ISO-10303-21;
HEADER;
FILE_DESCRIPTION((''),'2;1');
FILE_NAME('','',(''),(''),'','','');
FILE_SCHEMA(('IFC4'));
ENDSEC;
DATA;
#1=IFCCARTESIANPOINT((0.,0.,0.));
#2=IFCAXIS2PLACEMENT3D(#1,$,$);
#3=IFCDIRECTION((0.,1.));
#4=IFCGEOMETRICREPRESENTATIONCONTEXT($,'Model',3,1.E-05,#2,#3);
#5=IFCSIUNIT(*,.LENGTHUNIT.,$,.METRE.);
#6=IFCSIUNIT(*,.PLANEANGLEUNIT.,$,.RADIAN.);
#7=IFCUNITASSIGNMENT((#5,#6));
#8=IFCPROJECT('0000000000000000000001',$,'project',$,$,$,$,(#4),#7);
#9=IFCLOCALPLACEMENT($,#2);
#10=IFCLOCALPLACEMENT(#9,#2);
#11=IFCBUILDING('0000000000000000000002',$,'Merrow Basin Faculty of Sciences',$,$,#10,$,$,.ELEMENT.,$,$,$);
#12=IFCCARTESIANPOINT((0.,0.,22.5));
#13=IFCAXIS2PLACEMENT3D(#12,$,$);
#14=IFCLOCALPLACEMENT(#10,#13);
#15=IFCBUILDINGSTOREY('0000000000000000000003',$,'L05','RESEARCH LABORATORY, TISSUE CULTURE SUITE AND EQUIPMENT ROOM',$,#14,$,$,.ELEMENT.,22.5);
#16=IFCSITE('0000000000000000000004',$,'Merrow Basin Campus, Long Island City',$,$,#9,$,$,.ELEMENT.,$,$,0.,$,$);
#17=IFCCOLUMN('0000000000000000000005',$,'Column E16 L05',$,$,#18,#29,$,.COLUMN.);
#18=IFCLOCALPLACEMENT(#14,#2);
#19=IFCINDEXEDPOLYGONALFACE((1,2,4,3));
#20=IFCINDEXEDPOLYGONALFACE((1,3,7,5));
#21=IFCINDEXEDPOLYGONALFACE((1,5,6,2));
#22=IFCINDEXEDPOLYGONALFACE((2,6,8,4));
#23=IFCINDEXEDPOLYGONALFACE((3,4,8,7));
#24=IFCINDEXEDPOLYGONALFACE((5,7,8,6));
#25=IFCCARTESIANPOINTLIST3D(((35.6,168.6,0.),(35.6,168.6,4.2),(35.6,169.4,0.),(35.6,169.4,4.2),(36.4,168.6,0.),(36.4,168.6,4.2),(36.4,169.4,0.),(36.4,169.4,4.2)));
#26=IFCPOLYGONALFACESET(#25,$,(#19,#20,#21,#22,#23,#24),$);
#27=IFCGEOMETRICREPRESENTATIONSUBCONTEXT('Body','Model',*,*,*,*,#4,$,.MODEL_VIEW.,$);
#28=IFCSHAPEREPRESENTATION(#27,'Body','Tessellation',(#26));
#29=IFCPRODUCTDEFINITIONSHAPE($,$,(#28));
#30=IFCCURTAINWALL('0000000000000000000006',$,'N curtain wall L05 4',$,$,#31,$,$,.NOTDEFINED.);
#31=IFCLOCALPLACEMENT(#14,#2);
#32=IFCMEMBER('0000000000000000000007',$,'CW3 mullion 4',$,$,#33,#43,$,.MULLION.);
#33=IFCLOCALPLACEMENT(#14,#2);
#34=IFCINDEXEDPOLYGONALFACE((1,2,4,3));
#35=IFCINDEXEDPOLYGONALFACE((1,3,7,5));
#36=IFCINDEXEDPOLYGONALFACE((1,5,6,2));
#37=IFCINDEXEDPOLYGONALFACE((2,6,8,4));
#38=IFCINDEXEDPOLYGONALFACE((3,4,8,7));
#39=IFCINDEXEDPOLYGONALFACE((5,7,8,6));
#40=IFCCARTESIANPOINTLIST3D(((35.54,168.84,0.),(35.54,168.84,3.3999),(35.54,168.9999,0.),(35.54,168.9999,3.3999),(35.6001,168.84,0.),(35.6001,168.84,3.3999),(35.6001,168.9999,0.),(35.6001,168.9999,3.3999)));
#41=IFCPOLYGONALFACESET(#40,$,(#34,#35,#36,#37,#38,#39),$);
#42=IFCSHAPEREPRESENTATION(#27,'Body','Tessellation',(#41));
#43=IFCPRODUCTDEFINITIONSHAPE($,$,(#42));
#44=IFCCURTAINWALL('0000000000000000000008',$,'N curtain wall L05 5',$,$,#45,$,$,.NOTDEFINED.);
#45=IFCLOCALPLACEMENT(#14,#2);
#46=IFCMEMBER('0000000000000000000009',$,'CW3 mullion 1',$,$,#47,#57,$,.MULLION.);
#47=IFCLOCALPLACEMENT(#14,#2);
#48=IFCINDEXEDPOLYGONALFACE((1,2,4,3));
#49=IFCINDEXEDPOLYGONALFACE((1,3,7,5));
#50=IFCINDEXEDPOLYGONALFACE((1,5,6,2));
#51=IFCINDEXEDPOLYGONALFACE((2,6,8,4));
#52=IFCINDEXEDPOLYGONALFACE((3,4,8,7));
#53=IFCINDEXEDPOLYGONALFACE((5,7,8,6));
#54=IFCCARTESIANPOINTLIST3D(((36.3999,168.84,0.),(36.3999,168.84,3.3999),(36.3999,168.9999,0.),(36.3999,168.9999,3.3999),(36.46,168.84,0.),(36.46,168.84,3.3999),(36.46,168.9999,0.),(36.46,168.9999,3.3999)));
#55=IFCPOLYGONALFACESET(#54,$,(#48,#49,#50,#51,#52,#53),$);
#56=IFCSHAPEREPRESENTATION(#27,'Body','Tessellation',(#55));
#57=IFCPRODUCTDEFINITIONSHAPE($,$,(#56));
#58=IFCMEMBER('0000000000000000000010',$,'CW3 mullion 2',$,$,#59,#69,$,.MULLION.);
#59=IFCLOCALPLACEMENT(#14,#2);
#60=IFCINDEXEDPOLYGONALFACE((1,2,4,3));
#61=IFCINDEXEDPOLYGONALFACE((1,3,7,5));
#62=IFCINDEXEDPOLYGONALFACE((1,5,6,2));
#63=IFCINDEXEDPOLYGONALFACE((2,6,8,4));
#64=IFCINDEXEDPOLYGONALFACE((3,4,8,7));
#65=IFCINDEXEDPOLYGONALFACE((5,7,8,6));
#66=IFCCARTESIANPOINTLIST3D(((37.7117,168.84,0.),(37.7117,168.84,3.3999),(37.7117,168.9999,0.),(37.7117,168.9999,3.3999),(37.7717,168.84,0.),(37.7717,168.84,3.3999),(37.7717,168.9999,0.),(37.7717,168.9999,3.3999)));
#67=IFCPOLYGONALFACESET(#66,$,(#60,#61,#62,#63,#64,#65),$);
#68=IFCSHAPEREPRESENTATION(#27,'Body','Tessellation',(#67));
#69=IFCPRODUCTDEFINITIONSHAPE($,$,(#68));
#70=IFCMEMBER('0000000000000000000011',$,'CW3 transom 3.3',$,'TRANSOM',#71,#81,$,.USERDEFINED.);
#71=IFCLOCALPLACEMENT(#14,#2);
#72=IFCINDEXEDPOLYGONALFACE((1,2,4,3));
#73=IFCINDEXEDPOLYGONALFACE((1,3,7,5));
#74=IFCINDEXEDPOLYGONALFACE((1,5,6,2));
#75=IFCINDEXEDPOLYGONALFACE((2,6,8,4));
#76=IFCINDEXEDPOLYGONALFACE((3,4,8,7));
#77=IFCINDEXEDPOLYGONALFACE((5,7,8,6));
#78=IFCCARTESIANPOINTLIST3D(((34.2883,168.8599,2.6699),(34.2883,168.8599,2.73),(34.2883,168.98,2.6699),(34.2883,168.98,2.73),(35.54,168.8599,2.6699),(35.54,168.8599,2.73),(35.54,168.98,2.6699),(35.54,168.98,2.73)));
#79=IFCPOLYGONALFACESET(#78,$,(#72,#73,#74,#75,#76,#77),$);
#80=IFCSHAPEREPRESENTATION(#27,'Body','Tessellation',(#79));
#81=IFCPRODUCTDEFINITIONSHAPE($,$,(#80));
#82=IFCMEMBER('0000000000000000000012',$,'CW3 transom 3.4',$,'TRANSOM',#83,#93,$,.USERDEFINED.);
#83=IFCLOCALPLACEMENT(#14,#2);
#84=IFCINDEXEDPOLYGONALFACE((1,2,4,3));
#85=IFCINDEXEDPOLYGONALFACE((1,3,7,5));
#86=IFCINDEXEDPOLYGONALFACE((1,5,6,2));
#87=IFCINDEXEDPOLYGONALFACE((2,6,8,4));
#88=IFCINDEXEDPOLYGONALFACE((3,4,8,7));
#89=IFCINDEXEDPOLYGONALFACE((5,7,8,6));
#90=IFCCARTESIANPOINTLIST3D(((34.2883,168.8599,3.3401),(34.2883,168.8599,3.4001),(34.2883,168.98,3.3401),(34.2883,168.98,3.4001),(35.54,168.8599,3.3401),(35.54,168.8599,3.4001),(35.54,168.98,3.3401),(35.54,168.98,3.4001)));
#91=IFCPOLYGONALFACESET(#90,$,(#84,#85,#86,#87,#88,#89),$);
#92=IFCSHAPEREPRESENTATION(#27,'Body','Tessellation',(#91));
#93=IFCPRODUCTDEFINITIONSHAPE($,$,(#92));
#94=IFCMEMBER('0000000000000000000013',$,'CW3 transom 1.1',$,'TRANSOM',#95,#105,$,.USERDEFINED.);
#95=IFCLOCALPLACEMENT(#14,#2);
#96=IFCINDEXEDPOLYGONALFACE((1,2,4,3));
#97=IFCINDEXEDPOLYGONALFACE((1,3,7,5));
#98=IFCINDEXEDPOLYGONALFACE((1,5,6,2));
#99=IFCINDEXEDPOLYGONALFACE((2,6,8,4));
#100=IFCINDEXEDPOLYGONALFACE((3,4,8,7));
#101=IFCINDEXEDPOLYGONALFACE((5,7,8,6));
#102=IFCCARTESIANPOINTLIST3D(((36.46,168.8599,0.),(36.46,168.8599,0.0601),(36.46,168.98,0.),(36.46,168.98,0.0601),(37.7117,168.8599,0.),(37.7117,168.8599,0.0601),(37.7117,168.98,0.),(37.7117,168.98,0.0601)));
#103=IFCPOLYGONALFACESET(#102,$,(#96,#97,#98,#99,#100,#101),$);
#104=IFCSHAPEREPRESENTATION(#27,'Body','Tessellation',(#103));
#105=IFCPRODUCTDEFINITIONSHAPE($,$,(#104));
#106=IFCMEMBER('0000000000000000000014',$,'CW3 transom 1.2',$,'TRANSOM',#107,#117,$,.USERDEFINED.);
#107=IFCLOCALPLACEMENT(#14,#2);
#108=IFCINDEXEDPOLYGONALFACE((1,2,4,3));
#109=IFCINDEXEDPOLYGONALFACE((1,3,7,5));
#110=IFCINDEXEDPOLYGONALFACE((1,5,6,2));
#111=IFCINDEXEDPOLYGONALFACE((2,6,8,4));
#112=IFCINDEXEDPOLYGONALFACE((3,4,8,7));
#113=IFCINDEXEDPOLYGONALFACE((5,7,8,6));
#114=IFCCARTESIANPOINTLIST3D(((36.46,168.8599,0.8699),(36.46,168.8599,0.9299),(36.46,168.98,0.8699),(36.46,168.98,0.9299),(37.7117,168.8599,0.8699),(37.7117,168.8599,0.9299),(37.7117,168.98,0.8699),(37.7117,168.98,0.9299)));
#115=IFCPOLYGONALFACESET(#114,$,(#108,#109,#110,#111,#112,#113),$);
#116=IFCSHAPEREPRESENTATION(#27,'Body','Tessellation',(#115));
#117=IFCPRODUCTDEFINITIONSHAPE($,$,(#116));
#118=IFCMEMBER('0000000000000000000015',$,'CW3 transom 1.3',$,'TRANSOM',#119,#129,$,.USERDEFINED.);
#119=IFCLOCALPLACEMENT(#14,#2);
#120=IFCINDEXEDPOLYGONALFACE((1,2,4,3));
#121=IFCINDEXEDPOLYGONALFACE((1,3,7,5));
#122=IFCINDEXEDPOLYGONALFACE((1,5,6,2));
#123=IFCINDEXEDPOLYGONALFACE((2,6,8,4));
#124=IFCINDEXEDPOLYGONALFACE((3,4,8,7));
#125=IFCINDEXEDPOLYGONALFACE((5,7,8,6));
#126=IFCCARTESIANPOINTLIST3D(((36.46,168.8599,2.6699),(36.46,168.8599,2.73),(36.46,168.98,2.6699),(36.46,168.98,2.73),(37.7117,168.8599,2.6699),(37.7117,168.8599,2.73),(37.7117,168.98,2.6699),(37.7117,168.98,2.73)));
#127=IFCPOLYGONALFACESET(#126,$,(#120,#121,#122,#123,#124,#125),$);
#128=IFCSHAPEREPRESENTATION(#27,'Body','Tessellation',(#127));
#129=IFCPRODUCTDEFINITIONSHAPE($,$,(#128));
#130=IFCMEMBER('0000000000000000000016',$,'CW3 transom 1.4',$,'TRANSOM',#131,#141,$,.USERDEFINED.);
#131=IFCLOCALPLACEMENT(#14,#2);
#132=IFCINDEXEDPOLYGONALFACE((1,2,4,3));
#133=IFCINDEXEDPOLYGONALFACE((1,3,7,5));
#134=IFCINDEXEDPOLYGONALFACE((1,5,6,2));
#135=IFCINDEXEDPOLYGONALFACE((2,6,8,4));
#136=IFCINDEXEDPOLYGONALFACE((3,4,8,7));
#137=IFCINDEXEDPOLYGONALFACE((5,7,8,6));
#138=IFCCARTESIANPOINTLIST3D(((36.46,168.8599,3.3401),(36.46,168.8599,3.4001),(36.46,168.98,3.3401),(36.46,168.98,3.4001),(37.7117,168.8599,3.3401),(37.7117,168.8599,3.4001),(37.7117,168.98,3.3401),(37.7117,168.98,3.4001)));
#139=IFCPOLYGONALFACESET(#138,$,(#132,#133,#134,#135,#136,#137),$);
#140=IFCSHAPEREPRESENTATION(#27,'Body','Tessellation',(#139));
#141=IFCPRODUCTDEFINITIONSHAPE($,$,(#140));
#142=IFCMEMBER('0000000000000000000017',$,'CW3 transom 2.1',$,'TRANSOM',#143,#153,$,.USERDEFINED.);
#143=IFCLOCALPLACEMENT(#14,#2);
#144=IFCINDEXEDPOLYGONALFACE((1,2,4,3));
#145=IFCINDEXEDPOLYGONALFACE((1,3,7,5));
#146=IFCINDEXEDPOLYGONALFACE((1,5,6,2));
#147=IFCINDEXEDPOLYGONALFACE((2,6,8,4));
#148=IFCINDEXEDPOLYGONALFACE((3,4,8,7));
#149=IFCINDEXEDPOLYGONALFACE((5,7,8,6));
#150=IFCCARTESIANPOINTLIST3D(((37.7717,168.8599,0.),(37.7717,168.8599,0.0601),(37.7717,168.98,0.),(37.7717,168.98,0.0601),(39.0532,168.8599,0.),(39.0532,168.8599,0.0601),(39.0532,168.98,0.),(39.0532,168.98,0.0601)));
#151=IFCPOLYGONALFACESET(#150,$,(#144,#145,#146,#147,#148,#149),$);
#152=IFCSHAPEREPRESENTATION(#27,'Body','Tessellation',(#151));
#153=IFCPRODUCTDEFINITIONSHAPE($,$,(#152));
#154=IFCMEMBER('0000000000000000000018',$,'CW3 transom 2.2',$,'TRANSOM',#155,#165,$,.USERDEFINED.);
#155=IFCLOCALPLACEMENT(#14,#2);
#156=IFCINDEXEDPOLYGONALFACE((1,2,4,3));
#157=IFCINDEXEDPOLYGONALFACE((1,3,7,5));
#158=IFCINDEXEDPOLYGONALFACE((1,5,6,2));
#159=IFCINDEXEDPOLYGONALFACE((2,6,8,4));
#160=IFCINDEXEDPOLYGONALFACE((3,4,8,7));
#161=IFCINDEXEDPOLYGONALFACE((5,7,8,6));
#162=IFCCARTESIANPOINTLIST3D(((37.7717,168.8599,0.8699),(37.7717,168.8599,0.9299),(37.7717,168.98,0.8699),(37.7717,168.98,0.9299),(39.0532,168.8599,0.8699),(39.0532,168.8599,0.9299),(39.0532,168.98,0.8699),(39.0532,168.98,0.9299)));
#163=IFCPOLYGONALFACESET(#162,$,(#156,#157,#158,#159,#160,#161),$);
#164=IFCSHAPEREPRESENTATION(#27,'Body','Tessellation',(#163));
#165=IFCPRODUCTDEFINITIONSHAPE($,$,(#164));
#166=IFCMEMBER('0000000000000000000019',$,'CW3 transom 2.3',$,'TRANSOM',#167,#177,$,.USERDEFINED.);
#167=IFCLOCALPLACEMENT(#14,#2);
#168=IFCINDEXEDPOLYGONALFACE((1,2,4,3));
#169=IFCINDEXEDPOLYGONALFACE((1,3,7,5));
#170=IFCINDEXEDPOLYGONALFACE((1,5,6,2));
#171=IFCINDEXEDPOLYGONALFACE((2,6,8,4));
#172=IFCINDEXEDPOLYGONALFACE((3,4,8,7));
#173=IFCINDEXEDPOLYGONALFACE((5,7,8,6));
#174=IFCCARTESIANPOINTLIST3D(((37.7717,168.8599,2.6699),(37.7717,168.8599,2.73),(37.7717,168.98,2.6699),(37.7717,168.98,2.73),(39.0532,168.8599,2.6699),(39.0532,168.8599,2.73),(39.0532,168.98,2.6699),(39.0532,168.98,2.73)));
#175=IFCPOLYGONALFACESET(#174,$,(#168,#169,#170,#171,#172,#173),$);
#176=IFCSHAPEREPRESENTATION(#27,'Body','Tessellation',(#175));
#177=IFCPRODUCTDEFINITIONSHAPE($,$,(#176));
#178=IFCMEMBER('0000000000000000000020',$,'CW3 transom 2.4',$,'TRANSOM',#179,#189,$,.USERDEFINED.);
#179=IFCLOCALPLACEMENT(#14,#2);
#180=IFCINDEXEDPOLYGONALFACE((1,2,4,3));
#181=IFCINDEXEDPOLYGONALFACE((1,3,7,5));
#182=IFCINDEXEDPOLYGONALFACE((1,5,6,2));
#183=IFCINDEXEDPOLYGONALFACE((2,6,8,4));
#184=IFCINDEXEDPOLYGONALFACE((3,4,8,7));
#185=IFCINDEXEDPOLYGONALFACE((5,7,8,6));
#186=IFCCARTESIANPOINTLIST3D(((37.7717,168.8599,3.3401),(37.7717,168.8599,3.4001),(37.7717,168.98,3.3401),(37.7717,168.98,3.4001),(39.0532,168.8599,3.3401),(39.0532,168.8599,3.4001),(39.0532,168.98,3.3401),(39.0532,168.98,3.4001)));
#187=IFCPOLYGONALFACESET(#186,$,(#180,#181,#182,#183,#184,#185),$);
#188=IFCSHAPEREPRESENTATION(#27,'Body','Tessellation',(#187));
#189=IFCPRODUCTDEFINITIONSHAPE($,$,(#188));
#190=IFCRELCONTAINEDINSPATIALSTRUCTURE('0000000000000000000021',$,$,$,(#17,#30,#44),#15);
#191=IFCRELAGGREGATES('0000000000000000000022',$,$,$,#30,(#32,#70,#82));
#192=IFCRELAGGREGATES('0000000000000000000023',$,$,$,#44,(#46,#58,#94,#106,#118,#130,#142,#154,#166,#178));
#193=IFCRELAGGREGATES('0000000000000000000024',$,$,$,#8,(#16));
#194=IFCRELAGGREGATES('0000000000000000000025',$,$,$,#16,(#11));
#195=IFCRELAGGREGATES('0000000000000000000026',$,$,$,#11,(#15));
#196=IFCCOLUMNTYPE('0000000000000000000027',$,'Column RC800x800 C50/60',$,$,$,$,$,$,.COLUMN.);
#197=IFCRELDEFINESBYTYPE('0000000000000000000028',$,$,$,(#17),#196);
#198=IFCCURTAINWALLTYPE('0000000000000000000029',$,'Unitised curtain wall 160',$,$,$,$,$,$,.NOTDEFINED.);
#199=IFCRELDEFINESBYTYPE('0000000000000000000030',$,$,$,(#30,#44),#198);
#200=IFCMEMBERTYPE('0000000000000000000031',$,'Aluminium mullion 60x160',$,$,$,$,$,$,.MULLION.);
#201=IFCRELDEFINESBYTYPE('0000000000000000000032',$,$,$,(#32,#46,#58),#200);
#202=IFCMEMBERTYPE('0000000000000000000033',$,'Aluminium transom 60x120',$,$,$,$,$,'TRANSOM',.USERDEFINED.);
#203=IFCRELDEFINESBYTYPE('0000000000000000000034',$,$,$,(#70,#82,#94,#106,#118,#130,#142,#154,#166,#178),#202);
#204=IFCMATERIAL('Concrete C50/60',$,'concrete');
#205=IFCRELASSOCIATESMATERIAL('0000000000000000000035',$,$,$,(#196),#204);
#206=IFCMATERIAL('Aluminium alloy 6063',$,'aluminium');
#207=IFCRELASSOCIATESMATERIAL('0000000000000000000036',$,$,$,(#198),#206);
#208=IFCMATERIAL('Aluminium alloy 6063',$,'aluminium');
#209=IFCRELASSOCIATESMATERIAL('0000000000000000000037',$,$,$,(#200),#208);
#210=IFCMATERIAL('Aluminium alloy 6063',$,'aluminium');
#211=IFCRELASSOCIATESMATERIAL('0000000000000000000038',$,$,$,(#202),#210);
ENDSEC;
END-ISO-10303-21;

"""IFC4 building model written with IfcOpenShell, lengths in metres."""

from ifc_helpers import new_model, si_unit, direction, frame, origin, origin_2d, place, context, subcontext, project, spatial, rectangle, extrude, material, material_profile, profile_set, type_object, element, aggregate, save


model = new_model("IFC4")

# Units and contexts
model_context = context("Model", 3, precision=1e-05, world=origin(), true_north=direction((0.0, 1.0)))
body_context = subcontext(model_context, "Body", "Model", "MODEL_VIEW")
ifc_project = project(units=[si_unit("LENGTHUNIT", "METRE"), si_unit("PLANEANGLEUNIT", "RADIAN")], contexts=[model_context])

# Site, building, storey
site_placement = place(None, origin())
site = spatial("IfcSite", under=ifc_project, at=site_placement, Name="Merrow Basin Campus, Long Island City", CompositionType="ELEMENT", RefElevation=0.0)
building_placement = place(site_placement, origin())
building = spatial("IfcBuilding", under=site, at=building_placement, Name="Merrow Basin Faculty of Sciences", CompositionType="ELEMENT")
storey_placement = place(building_placement, frame((0.0, 0.0, 22.5)))
storey = spatial("IfcBuildingStorey", under=building, at=storey_placement, Name="L05", Description="RESEARCH LABORATORY, TISSUE CULTURE SUITE AND EQUIPMENT ROOM", CompositionType="ELEMENT", Elevation=22.5)

# Column
ifc_material_1 = material(Name="Concrete C50/60", Category="concrete")
ifc_material_profile_1 = material_profile(ifc_material_1, rectangle(XDim=0.8, YDim=0.8, at=origin_2d()))
ifc_profile_set_1 = profile_set([ifc_material_profile_1], Name="Concrete C50/60")
column_type = type_object("IfcColumnType", Name="Column RC800x800 C50/60", PredefinedType="COLUMN", material=ifc_profile_set_1)
column_placement = place(storey_placement, frame((36.0, 169.0, 0.0), z_axis=(0.0, 0.0, 1.0), x_axis=(1.0, 0.0, 0.0)))
element("IfcColumn", 1, at=column_placement, inside=storey, type_object=column_type, Name="Column E16 L05", PredefinedType="COLUMN", context=body_context, shape_type="SweptSolid", body=[
    extrude(rectangle(XDim=0.8, YDim=0.8, at=origin_2d()), origin(), (0.0, 0.0, 1.0), 4.2),
])

# Curtain wall, member
ifc_material_2 = material(Name="Aluminium alloy 6063", Category="aluminium")
curtain_wall_type = type_object("IfcCurtainWallType", Name="Unitised curtain wall 160", PredefinedType="NOTDEFINED", material=ifc_material_2)
curtain_wall_1_placement = place(storey_placement, origin())
curtain_wall_1 = element("IfcCurtainWall", 2, at=curtain_wall_1_placement, inside=storey, type_object=curtain_wall_type, Name="N curtain wall L05 4", PredefinedType="NOTDEFINED")
ifc_material_3 = material(Name="Aluminium alloy 6063", Category="aluminium")
ifc_material_profile_2 = material_profile(ifc_material_3, rectangle(XDim=0.1599, YDim=0.0601, at=origin_2d()))
ifc_profile_set_2 = profile_set([ifc_material_profile_2], Name="Aluminium alloy 6063")
member_type_1 = type_object("IfcMemberType", Name="Aluminium mullion 60x160", PredefinedType="MULLION", material=ifc_profile_set_2)
member_1_placement = place(storey_placement, frame((35.5701, 168.9199, 0.0), z_axis=(0.0, 0.0, 1.0), x_axis=(0.0, 1.0, 0.0)))
member_1 = element("IfcMember", 3, at=member_1_placement, type_object=member_type_1, Name="CW3 mullion 4", PredefinedType="MULLION", context=body_context, shape_type="SweptSolid", body=[
    extrude(rectangle(XDim=0.1599, YDim=0.0601, at=origin_2d()), origin(), (0.0, 0.0, 1.0), 3.3999),
])

# Curtain wall, members
curtain_wall_2_placement = place(storey_placement, origin())
curtain_wall_2 = element("IfcCurtainWall", 4, at=curtain_wall_2_placement, inside=storey, type_object=curtain_wall_type, Name="N curtain wall L05 5", PredefinedType="NOTDEFINED")
member_2_placement = place(storey_placement, frame((36.4299, 168.9199, 0.0), z_axis=(0.0, 0.0, 1.0), x_axis=(0.0, 1.0, 0.0)))
member_2 = element("IfcMember", 5, at=member_2_placement, type_object=member_type_1, Name="CW3 mullion 1", PredefinedType="MULLION", context=body_context, shape_type="SweptSolid", body=[
    extrude(rectangle(XDim=0.1599, YDim=0.0601, at=origin_2d()), origin(), (0.0, 0.0, 1.0), 3.3999),
])
member_3_placement = place(storey_placement, frame((37.7417, 168.9199, 0.0), z_axis=(0.0, 0.0, 1.0), x_axis=(0.0, 1.0, 0.0)))
member_3 = element("IfcMember", 6, at=member_3_placement, type_object=member_type_1, Name="CW3 mullion 2", PredefinedType="MULLION", context=body_context, shape_type="SweptSolid", body=[
    extrude(rectangle(XDim=0.1599, YDim=0.0601, at=origin_2d()), origin(), (0.0, 0.0, 1.0), 3.3999),
])

# Members
ifc_material_4 = material(Name="Aluminium alloy 6063", Category="aluminium")
ifc_material_profile_3 = material_profile(ifc_material_4, rectangle(XDim=0.1201, YDim=0.0601, at=origin_2d()))
ifc_profile_set_3 = profile_set([ifc_material_profile_3], Name="Aluminium alloy 6063")
member_type_2 = type_object("IfcMemberType", Name="Aluminium transom 60x120", ElementType="TRANSOM", PredefinedType="USERDEFINED", material=ifc_profile_set_3)
member_4_placement = place(storey_placement, frame((34.2883, 168.9199, 2.7), z_axis=(1.0, 0.0, 0.0), x_axis=(0.0, 1.0, 0.0)))
member_4 = element("IfcMember", 7, at=member_4_placement, type_object=member_type_2, Name="CW3 transom 3.3", ObjectType="TRANSOM", PredefinedType="USERDEFINED", context=body_context, shape_type="SweptSolid", body=[
    extrude(rectangle(XDim=0.1201, YDim=0.0601, at=origin_2d()), origin(), (0.0, 0.0, 1.0), 1.2517),
])
member_5_placement = place(storey_placement, frame((34.2883, 168.9199, 3.3701), z_axis=(1.0, 0.0, 0.0), x_axis=(0.0, 1.0, 0.0)))
member_5 = element("IfcMember", 8, at=member_5_placement, type_object=member_type_2, Name="CW3 transom 3.4", ObjectType="TRANSOM", PredefinedType="USERDEFINED", context=body_context, shape_type="SweptSolid", body=[
    extrude(rectangle(XDim=0.1201, YDim=0.0601, at=origin_2d()), origin(), (0.0, 0.0, 1.0), 1.2517),
])
member_6_placement = place(storey_placement, frame((36.46, 168.9199, 0.03), z_axis=(1.0, 0.0, 0.0), x_axis=(0.0, 1.0, 0.0)))
member_6 = element("IfcMember", 9, at=member_6_placement, type_object=member_type_2, Name="CW3 transom 1.1", ObjectType="TRANSOM", PredefinedType="USERDEFINED", context=body_context, shape_type="SweptSolid", body=[
    extrude(rectangle(XDim=0.1201, YDim=0.0601, at=origin_2d()), origin(), (0.0, 0.0, 1.0), 1.2517),
])
member_7_placement = place(storey_placement, frame((36.46, 168.9199, 0.8999), z_axis=(1.0, 0.0, 0.0), x_axis=(0.0, 1.0, 0.0)))
member_7 = element("IfcMember", 10, at=member_7_placement, type_object=member_type_2, Name="CW3 transom 1.2", ObjectType="TRANSOM", PredefinedType="USERDEFINED", context=body_context, shape_type="SweptSolid", body=[
    extrude(rectangle(XDim=0.1201, YDim=0.0601, at=origin_2d()), origin(), (0.0, 0.0, 1.0), 1.2517),
])
member_8_placement = place(storey_placement, frame((36.46, 168.9199, 2.7), z_axis=(1.0, 0.0, 0.0), x_axis=(0.0, 1.0, 0.0)))
member_8 = element("IfcMember", 11, at=member_8_placement, type_object=member_type_2, Name="CW3 transom 1.3", ObjectType="TRANSOM", PredefinedType="USERDEFINED", context=body_context, shape_type="SweptSolid", body=[
    extrude(rectangle(XDim=0.1201, YDim=0.0601, at=origin_2d()), origin(), (0.0, 0.0, 1.0), 1.2517),
])
member_9_placement = place(storey_placement, frame((36.46, 168.9199, 3.3701), z_axis=(1.0, 0.0, 0.0), x_axis=(0.0, 1.0, 0.0)))
member_9 = element("IfcMember", 12, at=member_9_placement, type_object=member_type_2, Name="CW3 transom 1.4", ObjectType="TRANSOM", PredefinedType="USERDEFINED", context=body_context, shape_type="SweptSolid", body=[
    extrude(rectangle(XDim=0.1201, YDim=0.0601, at=origin_2d()), origin(), (0.0, 0.0, 1.0), 1.2517),
])
member_10_placement = place(storey_placement, frame((37.7717, 168.9199, 0.03), z_axis=(1.0, 0.0, 0.0), x_axis=(0.0, 1.0, 0.0)))
member_10 = element("IfcMember", 13, at=member_10_placement, type_object=member_type_2, Name="CW3 transom 2.1", ObjectType="TRANSOM", PredefinedType="USERDEFINED", context=body_context, shape_type="SweptSolid", body=[
    extrude(rectangle(XDim=0.1201, YDim=0.0601, at=origin_2d()), origin(), (0.0, 0.0, 1.0), 1.2815),
])
member_11_placement = place(storey_placement, frame((37.7717, 168.9199, 0.8999), z_axis=(1.0, 0.0, 0.0), x_axis=(0.0, 1.0, 0.0)))
member_11 = element("IfcMember", 14, at=member_11_placement, type_object=member_type_2, Name="CW3 transom 2.2", ObjectType="TRANSOM", PredefinedType="USERDEFINED", context=body_context, shape_type="SweptSolid", body=[
    extrude(rectangle(XDim=0.1201, YDim=0.0601, at=origin_2d()), origin(), (0.0, 0.0, 1.0), 1.2815),
])
member_12_placement = place(storey_placement, frame((37.7717, 168.9199, 2.7), z_axis=(1.0, 0.0, 0.0), x_axis=(0.0, 1.0, 0.0)))
member_12 = element("IfcMember", 15, at=member_12_placement, type_object=member_type_2, Name="CW3 transom 2.3", ObjectType="TRANSOM", PredefinedType="USERDEFINED", context=body_context, shape_type="SweptSolid", body=[
    extrude(rectangle(XDim=0.1201, YDim=0.0601, at=origin_2d()), origin(), (0.0, 0.0, 1.0), 1.2815),
])
member_13_placement = place(storey_placement, frame((37.7717, 168.9199, 3.3701), z_axis=(1.0, 0.0, 0.0), x_axis=(0.0, 1.0, 0.0)))
member_13 = element("IfcMember", 16, at=member_13_placement, type_object=member_type_2, Name="CW3 transom 2.4", ObjectType="TRANSOM", PredefinedType="USERDEFINED", context=body_context, shape_type="SweptSolid", body=[
    extrude(rectangle(XDim=0.1201, YDim=0.0601, at=origin_2d()), origin(), (0.0, 0.0, 1.0), 1.2815),
])

aggregate(curtain_wall_1, [member_1, member_4, member_5])
aggregate(curtain_wall_2, [member_2, member_3, member_6, member_7, member_8, member_9, member_10, member_11, member_12, member_13])

save(model, "model.ifc")
